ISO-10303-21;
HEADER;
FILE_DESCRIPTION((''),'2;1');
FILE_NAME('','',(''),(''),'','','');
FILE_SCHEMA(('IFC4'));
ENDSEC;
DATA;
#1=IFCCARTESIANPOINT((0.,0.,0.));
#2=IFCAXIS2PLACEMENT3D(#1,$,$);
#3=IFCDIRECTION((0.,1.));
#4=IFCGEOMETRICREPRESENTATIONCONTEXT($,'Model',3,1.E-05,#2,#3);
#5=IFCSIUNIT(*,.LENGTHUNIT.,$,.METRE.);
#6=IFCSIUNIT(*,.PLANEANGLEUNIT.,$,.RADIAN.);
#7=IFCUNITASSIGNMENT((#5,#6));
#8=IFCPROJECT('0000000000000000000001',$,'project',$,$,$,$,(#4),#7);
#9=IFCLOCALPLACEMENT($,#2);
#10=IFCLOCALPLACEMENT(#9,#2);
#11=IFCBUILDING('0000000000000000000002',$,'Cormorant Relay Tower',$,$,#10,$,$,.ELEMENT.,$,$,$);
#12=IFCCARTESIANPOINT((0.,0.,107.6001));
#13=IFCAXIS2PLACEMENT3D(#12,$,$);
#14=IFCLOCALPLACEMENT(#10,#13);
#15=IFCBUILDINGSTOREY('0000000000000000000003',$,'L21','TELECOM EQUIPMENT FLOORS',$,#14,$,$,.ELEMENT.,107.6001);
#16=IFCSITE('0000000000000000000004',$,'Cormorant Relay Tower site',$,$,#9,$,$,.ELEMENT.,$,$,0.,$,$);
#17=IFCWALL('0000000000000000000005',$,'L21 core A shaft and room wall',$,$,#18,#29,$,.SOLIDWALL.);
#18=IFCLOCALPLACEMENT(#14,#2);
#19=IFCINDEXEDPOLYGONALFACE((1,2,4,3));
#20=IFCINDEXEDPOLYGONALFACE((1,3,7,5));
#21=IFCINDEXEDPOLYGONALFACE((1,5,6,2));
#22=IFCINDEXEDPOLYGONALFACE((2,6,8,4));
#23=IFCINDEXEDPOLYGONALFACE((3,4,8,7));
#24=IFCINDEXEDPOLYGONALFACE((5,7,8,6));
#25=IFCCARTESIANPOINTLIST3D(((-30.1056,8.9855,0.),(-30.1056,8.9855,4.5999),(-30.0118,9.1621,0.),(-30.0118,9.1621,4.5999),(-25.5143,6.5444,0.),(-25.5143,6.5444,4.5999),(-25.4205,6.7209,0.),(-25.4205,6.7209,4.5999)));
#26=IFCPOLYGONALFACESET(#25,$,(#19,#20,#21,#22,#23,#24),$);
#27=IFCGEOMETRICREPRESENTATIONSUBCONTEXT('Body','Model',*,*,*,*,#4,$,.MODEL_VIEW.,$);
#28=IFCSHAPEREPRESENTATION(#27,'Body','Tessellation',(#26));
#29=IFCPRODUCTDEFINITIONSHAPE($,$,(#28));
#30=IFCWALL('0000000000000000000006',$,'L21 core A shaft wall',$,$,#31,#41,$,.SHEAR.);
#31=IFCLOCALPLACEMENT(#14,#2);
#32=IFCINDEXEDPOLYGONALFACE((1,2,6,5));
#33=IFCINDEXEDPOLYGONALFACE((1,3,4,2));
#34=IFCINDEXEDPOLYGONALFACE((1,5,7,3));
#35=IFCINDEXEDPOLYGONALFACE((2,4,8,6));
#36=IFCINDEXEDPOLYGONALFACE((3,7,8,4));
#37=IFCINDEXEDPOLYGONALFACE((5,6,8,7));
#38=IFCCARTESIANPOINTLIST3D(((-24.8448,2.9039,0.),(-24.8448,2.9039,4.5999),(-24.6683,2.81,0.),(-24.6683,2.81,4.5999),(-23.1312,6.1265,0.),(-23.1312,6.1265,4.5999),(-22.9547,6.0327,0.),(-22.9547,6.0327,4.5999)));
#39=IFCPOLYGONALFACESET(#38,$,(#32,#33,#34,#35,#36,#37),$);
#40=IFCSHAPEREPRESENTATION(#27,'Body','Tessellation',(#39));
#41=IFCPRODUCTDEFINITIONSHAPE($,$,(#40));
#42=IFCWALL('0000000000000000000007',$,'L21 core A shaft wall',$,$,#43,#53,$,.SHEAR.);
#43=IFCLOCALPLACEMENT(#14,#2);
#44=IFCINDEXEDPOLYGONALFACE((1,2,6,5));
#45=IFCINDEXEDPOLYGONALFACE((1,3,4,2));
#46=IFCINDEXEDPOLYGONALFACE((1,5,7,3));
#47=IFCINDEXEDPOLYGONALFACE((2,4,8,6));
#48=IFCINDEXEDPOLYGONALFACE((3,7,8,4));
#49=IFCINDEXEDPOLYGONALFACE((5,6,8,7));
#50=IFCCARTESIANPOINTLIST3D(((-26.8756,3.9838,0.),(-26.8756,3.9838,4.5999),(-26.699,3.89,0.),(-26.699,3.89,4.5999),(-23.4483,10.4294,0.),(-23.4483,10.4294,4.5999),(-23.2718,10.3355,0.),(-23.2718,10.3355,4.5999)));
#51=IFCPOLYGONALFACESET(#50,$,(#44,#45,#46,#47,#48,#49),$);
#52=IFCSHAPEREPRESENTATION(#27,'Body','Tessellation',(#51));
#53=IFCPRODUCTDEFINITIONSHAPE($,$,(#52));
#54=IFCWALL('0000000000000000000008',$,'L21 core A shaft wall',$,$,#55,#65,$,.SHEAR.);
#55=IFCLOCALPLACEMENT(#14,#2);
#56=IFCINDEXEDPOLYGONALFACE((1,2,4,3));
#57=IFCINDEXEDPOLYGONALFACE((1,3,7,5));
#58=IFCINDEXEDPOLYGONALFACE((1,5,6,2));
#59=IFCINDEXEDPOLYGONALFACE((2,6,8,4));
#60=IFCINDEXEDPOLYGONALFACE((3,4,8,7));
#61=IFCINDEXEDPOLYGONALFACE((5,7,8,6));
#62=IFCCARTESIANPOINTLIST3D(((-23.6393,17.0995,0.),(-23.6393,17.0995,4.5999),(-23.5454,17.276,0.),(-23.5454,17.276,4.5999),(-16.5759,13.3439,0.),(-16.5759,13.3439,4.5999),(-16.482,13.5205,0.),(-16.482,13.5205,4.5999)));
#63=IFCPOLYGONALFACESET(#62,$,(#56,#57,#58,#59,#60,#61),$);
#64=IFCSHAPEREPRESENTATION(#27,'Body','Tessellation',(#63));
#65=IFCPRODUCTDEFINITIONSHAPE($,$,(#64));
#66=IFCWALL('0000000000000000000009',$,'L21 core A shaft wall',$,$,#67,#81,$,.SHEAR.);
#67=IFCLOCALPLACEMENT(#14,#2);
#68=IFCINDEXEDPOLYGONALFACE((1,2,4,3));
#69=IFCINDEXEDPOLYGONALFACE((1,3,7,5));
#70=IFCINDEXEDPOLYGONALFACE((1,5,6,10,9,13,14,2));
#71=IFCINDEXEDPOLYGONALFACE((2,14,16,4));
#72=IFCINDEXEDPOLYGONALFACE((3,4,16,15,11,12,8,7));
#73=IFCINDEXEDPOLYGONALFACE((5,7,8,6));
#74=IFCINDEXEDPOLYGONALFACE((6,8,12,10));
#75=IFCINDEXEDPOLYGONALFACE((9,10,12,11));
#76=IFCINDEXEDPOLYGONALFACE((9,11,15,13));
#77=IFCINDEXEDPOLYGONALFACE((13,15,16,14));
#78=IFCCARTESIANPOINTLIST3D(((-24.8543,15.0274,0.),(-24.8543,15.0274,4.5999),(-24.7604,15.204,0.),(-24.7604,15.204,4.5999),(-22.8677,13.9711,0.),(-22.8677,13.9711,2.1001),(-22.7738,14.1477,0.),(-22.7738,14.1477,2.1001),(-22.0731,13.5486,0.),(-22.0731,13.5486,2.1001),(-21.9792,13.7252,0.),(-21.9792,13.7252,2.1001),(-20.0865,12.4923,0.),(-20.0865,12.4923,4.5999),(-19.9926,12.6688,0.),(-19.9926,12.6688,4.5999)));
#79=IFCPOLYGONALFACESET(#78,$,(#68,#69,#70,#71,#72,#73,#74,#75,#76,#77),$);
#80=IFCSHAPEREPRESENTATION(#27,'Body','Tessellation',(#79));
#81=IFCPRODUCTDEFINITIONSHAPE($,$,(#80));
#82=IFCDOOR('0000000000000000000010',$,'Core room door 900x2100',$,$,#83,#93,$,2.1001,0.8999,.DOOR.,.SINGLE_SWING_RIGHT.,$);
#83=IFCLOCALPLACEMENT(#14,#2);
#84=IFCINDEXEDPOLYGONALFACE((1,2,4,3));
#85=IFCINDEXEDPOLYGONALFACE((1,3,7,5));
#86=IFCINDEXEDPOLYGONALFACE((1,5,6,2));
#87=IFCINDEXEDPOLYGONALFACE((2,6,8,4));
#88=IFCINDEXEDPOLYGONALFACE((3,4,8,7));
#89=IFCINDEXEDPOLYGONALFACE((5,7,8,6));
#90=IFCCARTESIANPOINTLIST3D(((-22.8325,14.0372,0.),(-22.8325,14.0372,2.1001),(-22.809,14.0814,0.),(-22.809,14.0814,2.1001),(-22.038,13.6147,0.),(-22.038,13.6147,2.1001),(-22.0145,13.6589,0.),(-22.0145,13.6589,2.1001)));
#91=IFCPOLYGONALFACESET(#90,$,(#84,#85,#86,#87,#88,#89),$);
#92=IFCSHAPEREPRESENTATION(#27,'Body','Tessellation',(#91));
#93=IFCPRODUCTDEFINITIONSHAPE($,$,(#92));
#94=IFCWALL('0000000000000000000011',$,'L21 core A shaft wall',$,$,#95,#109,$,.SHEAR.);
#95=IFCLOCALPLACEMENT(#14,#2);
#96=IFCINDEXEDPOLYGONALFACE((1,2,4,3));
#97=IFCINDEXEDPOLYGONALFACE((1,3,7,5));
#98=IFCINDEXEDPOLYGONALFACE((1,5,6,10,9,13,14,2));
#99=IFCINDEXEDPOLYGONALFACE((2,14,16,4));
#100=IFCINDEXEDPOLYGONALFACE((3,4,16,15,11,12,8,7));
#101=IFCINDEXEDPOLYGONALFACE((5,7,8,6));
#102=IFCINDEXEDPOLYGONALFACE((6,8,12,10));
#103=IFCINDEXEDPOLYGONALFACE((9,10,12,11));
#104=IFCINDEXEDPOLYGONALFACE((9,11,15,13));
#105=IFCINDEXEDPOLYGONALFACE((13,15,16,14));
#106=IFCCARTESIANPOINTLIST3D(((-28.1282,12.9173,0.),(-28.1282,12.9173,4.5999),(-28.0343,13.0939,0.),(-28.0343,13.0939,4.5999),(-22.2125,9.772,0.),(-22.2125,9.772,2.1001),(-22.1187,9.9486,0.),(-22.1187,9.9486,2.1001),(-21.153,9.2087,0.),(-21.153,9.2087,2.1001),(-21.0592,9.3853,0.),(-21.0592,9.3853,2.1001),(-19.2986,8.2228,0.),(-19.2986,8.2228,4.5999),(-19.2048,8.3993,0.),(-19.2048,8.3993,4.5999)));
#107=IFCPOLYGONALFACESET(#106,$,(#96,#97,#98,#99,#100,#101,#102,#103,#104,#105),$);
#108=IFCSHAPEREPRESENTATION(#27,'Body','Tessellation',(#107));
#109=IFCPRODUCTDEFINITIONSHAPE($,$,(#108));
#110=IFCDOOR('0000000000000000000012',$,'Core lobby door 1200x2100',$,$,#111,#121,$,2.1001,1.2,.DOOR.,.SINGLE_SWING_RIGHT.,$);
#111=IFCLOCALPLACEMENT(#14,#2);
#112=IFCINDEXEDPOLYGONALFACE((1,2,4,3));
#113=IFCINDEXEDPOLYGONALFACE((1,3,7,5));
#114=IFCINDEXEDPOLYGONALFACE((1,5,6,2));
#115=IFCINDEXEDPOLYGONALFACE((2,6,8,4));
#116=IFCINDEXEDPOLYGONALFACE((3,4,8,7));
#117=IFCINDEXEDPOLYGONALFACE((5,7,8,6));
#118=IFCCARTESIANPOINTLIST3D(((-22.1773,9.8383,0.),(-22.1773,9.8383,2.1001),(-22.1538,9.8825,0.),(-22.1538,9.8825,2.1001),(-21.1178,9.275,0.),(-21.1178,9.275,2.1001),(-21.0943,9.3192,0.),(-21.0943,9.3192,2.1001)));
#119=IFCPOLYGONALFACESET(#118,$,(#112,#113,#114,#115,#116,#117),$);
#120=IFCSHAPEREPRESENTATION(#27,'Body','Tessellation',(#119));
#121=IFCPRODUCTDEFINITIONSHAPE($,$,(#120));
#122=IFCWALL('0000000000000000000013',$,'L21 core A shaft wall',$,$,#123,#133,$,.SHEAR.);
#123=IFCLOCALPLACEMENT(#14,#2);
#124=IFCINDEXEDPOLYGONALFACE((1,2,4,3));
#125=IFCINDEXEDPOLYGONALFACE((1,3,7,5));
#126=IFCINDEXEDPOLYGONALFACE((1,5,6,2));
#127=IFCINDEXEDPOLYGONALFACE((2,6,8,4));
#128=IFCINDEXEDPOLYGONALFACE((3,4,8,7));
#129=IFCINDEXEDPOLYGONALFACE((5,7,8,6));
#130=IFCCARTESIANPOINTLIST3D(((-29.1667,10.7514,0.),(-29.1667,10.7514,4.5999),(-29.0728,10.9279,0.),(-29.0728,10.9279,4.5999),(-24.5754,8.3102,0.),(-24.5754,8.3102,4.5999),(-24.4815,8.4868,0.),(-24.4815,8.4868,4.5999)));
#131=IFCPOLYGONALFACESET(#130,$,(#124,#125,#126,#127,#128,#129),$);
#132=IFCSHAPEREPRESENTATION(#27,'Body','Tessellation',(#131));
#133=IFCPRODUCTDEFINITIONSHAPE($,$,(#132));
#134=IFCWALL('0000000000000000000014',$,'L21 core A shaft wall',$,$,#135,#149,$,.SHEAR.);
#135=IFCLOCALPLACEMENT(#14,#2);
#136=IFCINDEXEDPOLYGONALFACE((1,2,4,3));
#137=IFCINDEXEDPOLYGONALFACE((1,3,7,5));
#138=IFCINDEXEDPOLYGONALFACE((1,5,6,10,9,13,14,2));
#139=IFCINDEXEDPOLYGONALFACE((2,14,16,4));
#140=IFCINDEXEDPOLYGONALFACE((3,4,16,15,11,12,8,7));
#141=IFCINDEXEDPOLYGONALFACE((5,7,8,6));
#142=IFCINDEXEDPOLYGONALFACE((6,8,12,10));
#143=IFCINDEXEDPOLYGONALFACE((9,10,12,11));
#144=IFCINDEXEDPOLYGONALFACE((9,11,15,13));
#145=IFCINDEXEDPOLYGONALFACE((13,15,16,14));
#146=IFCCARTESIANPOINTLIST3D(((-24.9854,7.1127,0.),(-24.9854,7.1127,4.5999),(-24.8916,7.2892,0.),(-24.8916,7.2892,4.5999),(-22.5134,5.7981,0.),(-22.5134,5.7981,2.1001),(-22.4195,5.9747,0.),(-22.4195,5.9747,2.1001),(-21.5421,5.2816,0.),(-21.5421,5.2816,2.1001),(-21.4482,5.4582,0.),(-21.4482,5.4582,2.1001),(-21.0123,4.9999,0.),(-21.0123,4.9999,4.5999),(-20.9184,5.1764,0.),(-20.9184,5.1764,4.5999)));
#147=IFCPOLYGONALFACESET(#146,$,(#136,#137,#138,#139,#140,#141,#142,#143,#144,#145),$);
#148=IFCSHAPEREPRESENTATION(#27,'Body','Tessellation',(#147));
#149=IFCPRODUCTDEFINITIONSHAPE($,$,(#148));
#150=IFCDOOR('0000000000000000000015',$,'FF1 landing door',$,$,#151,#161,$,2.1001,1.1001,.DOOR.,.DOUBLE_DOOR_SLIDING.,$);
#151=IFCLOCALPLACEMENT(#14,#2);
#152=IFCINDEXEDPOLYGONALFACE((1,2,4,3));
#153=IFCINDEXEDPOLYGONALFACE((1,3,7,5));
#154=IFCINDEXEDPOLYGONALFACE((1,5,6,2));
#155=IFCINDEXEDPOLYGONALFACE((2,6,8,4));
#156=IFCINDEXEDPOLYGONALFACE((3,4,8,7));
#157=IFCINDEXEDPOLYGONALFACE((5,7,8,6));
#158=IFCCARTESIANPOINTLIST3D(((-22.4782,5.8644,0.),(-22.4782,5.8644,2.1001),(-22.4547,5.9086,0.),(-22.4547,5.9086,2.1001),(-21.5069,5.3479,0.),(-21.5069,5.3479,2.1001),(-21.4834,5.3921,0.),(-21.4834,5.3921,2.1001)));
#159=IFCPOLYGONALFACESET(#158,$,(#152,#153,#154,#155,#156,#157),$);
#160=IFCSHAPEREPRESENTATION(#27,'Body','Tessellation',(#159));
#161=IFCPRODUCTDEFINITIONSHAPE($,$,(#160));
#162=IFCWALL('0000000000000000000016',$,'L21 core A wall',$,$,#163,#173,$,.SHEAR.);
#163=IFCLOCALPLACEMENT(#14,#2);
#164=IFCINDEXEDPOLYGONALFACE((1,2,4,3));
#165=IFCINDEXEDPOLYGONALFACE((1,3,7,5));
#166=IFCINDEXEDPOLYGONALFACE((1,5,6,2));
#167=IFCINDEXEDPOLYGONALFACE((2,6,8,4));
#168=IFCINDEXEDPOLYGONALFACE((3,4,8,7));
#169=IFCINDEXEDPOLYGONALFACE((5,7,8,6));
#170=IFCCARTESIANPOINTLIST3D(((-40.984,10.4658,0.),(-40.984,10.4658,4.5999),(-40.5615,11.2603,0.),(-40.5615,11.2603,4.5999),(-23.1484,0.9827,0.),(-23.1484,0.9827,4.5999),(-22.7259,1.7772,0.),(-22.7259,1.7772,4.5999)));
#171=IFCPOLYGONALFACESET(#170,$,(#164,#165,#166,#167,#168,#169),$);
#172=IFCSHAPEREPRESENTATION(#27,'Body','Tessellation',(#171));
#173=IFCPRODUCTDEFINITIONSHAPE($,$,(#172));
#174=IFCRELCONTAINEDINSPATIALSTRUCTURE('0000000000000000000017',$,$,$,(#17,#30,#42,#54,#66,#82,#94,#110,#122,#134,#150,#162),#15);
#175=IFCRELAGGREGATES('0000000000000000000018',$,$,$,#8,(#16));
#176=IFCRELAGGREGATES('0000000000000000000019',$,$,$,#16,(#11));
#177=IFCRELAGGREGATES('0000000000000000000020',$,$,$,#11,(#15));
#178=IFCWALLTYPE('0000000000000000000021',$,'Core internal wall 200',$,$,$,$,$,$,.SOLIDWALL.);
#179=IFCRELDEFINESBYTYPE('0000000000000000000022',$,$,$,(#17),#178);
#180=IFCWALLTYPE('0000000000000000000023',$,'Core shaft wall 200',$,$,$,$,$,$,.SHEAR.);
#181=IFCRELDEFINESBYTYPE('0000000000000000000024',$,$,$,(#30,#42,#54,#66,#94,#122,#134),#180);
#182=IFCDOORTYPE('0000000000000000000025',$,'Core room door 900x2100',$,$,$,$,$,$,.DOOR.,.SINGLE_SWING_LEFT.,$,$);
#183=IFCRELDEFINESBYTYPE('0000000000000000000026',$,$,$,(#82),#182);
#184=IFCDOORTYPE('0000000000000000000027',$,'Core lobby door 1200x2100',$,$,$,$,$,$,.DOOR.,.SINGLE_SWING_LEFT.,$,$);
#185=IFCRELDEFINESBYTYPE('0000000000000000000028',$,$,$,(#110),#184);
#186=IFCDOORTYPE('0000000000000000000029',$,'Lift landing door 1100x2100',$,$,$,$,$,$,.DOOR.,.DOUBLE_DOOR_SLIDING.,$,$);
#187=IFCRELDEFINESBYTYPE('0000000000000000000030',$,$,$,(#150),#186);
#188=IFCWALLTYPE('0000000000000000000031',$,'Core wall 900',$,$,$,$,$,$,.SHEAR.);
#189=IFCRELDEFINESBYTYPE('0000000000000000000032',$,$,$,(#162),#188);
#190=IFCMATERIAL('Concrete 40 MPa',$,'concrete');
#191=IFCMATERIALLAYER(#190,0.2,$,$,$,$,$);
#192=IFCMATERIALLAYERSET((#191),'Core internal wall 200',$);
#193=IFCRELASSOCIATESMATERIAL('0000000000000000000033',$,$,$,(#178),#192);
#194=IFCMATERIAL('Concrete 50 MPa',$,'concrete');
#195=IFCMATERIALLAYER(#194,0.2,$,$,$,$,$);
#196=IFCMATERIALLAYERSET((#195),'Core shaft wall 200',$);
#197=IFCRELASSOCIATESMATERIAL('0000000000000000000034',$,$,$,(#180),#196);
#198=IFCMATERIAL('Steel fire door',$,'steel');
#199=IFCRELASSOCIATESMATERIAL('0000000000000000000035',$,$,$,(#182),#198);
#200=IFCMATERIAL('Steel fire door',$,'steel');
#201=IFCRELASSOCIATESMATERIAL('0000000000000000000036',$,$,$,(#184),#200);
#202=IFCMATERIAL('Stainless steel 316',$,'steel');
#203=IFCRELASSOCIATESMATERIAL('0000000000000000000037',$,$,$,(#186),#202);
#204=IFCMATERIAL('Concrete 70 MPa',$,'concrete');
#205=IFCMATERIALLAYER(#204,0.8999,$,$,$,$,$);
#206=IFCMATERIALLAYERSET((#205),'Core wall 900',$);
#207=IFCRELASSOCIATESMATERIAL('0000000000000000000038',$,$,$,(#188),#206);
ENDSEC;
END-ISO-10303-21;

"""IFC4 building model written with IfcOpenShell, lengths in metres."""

from ifc_helpers import new_model, si_unit, direction, frame, frame_2d, origin, place, context, subcontext, project, spatial, rectangle, extrude, material, layer, layer_set, type_object, element, fill, save


model = new_model("IFC4")

# Units and contexts
model_context = context("Model", 3, precision=1e-05, world=origin(), true_north=direction((0.0, 1.0)))
body_context = subcontext(model_context, "Body", "Model", "MODEL_VIEW")
ifc_project = project(units=[si_unit("LENGTHUNIT", "METRE"), si_unit("PLANEANGLEUNIT", "RADIAN")], contexts=[model_context])

# Site, building, storey
site_placement = place(None, origin())
site = spatial("IfcSite", under=ifc_project, at=site_placement, Name="Cormorant Relay Tower site", CompositionType="ELEMENT", RefElevation=0.0)
building_placement = place(site_placement, origin())
building = spatial("IfcBuilding", under=site, at=building_placement, Name="Cormorant Relay Tower", CompositionType="ELEMENT")
storey_placement = place(building_placement, frame((0.0, 0.0, 107.6001)))
storey = spatial("IfcBuildingStorey", under=building, at=storey_placement, Name="L21", Description="TELECOM EQUIPMENT FLOORS", CompositionType="ELEMENT", Elevation=107.6001)

# Walls
ifc_material_1 = material(Name="Concrete 40 MPa", Category="concrete")
ifc_layer_1 = layer(ifc_material_1, 0.2)
ifc_layer_set_1 = layer_set([ifc_layer_1], Name="Core internal wall 200")
wall_type_1 = type_object("IfcWallType", Name="Core internal wall 200", PredefinedType="SOLIDWALL", material=ifc_layer_set_1)
wall_1_placement = place(storey_placement, frame((-25.4673, 6.6326, 0.0), z_axis=(0.0, 0.0, 1.0), x_axis=(-0.882954, 0.46946, 0.0)))
element("IfcWall", 1, at=wall_1_placement, inside=storey, type_object=wall_type_1, Name="L21 core A shaft and room wall", PredefinedType="SOLIDWALL", context=body_context, shape_type="SweptSolid", body=[
    extrude(rectangle(XDim=5.2, YDim=0.2, at=frame_2d((2.6001, 0.0))), origin(), (0.0, 0.0, 1.0), 4.5999),
])
ifc_material_2 = material(Name="Concrete 50 MPa", Category="concrete")
ifc_layer_2 = layer(ifc_material_2, 0.2)
ifc_layer_set_2 = layer_set([ifc_layer_2], Name="Core shaft wall 200")
wall_type_2 = type_object("IfcWallType", Name="Core shaft wall 200", PredefinedType="SHEAR", material=ifc_layer_set_2)
wall_2_placement = place(storey_placement, frame((-23.043, 6.0796, 0.0), z_axis=(0.0, 0.0, 1.0), x_axis=(-0.469494, -0.882936, 0.0)))
element("IfcWall", 2, at=wall_2_placement, inside=storey, type_object=wall_type_2, Name="L21 core A shaft wall", PredefinedType="SHEAR", context=body_context, shape_type="SweptSolid", body=[
    extrude(rectangle(XDim=3.6499, YDim=0.2, at=frame_2d((1.825, 0.0))), origin(), (0.0, 0.0, 1.0), 4.5999),
])
wall_3_placement = place(storey_placement, frame((-23.3601, 10.3823, 0.0), z_axis=(0.0, 0.0, 1.0), x_axis=(-0.46948, -0.882943, 0.0)))
element("IfcWall", 3, at=wall_3_placement, inside=storey, type_object=wall_type_2, Name="L21 core A shaft wall", PredefinedType="SHEAR", context=body_context, shape_type="SweptSolid", body=[
    extrude(rectangle(XDim=7.3, YDim=0.2, at=frame_2d((3.6499, 0.0))), origin(), (0.0, 0.0, 1.0), 4.5999),
])
wall_4_placement = place(storey_placement, frame((-16.5288, 13.4321, 0.0), z_axis=(0.0, 0.0, 1.0), x_axis=(-0.882953, 0.469462, 0.0)))
element("IfcWall", 4, at=wall_4_placement, inside=storey, type_object=wall_type_2, Name="L21 core A shaft wall", PredefinedType="SHEAR", context=body_context, shape_type="SweptSolid", body=[
    extrude(rectangle(XDim=7.9998, YDim=0.2, at=frame_2d((4.0, 0.0))), origin(), (0.0, 0.0, 1.0), 4.5999),
])

# Walls, openings, doors
wall_5_placement = place(storey_placement, frame((-20.0396, 12.5806, 0.0), z_axis=(0.0, 0.0, 1.0), x_axis=(-0.882943, 0.46948, 0.0)))
wall_5 = element("IfcWall", 5, at=wall_5_placement, inside=storey, type_object=wall_type_2, Name="L21 core A shaft wall", PredefinedType="SHEAR", context=body_context, shape_type="SweptSolid", body=[
    extrude(rectangle(XDim=5.3999, YDim=0.2, at=frame_2d((2.7, 0.0))), origin(), (0.0, 0.0, 1.0), 4.5999),
])
opening_1_placement = place(wall_5_placement, frame((2.25, 0.0, 0.0)))
opening_1 = element("IfcOpeningElement", 6, at=opening_1_placement, cuts=wall_5, PredefinedType="OPENING", context=body_context, shape_type="SweptSolid", body=[
    extrude(rectangle(XDim=0.8999, YDim=2.1001, at=frame_2d((0.45, 1.05))), frame((0.0, 0.1099, 0.0), z_axis=(0.0, -1.0, 0.0), x_axis=(1.0, 0.0, 0.0)), (0.0, 0.0, 1.0), 0.22),
])
ifc_material_3 = material(Name="Steel fire door", Category="steel")
door_type_1 = type_object("IfcDoorType", Name="Core room door 900x2100", OperationType="SINGLE_SWING_LEFT", PredefinedType="DOOR", material=ifc_material_3)
door_1_placement = place(opening_1_placement, frame((0.8999, 0.0, 0.0), z_axis=(0.0, 0.0, 1.0), x_axis=(-1.0, 0.0, 0.0)))
door_1 = element("IfcDoor", 7, at=door_1_placement, inside=storey, type_object=door_type_1, Name="Core room door 900x2100", OperationType="SINGLE_SWING_RIGHT", OverallHeight=2.1001, OverallWidth=0.8999, PredefinedType="DOOR", context=body_context, shape_type="SweptSolid", body=[
    extrude(rectangle(XDim=0.8999, YDim=2.1001, at=frame_2d((0.45, 1.05))), frame((0.0, 0.0249, 0.0), z_axis=(0.0, -1.0, 0.0), x_axis=(1.0, 0.0, 0.0)), (0.0, 0.0, 1.0), 0.05),
])
fill(opening_1, door_1)
wall_6_placement = place(storey_placement, frame((-19.2517, 8.311, 0.0), z_axis=(0.0, 0.0, 1.0), x_axis=(-0.882956, 0.469456, 0.0)))
wall_6 = element("IfcWall", 8, at=wall_6_placement, inside=storey, type_object=wall_type_2, Name="L21 core A shaft wall", PredefinedType="SHEAR", context=body_context, shape_type="SweptSolid", body=[
    extrude(rectangle(XDim=10.0, YDim=0.2, at=frame_2d((5.0, 0.0))), origin(), (0.0, 0.0, 1.0), 4.5999),
])
opening_2_placement = place(wall_6_placement, frame((2.1001, 0.0, 0.0)))
opening_2 = element("IfcOpeningElement", 9, at=opening_2_placement, cuts=wall_6, PredefinedType="OPENING", context=body_context, shape_type="SweptSolid", body=[
    extrude(rectangle(XDim=1.2, YDim=2.1001, at=frame_2d((0.6001, 1.05))), frame((0.0, 0.1099, 0.0), z_axis=(0.0, -1.0, 0.0), x_axis=(1.0, 0.0, 0.0)), (0.0, 0.0, 1.0), 0.22),
])
ifc_material_4 = material(Name="Steel fire door", Category="steel")
door_type_2 = type_object("IfcDoorType", Name="Core lobby door 1200x2100", OperationType="SINGLE_SWING_LEFT", PredefinedType="DOOR", material=ifc_material_4)
door_2_placement = place(opening_2_placement, origin())
door_2 = element("IfcDoor", 10, at=door_2_placement, inside=storey, type_object=door_type_2, Name="Core lobby door 1200x2100", OperationType="SINGLE_SWING_RIGHT", OverallHeight=2.1001, OverallWidth=1.2, PredefinedType="DOOR", context=body_context, shape_type="SweptSolid", body=[
    extrude(rectangle(XDim=1.2, YDim=2.1001, at=frame_2d((0.6001, 1.05))), frame((0.0, 0.0249, 0.0), z_axis=(0.0, -1.0, 0.0), x_axis=(1.0, 0.0, 0.0)), (0.0, 0.0, 1.0), 0.05),
])
fill(opening_2, door_2)

# Wall
wall_7_placement = place(storey_placement, frame((-24.5283, 8.3984, 0.0), z_axis=(0.0, 0.0, 1.0), x_axis=(-0.882954, 0.46946, 0.0)))
element("IfcWall", 11, at=wall_7_placement, inside=storey, type_object=wall_type_2, Name="L21 core A shaft wall", PredefinedType="SHEAR", context=body_context, shape_type="SweptSolid", body=[
    extrude(rectangle(XDim=5.2, YDim=0.2, at=frame_2d((2.6001, 0.0))), origin(), (0.0, 0.0, 1.0), 4.5999),
])

# Wall, opening, door
wall_8_placement = place(storey_placement, frame((-20.9653, 5.0881, 0.0), z_axis=(0.0, 0.0, 1.0), x_axis=(-0.882926, 0.469512, 0.0)))
wall_8 = element("IfcWall", 12, at=wall_8_placement, inside=storey, type_object=wall_type_2, Name="L21 core A shaft wall", PredefinedType="SHEAR", context=body_context, shape_type="SweptSolid", body=[
    extrude(rectangle(XDim=4.5, YDim=0.2, at=frame_2d((2.25, 0.0))), origin(), (0.0, 0.0, 1.0), 4.5999),
])
opening_3_placement = place(wall_8_placement, frame((0.6001, 0.0, 0.0)))
opening_3 = element("IfcOpeningElement", 13, at=opening_3_placement, cuts=wall_8, PredefinedType="OPENING", context=body_context, shape_type="SweptSolid", body=[
    extrude(rectangle(XDim=1.1001, YDim=2.1001, at=frame_2d((0.55, 1.05))), frame((0.0, 0.1099, 0.0), z_axis=(0.0, -1.0, 0.0), x_axis=(1.0, 0.0, 0.0)), (0.0, 0.0, 1.0), 0.22),
])
ifc_material_5 = material(Name="Stainless steel 316", Category="steel")
door_type_3 = type_object("IfcDoorType", Name="Lift landing door 1100x2100", OperationType="DOUBLE_DOOR_SLIDING", PredefinedType="DOOR", material=ifc_material_5)
door_3_placement = place(opening_3_placement, origin())
door_3 = element("IfcDoor", 14, at=door_3_placement, inside=storey, type_object=door_type_3, Name="FF1 landing door", OperationType="DOUBLE_DOOR_SLIDING", OverallHeight=2.1001, OverallWidth=1.1001, PredefinedType="DOOR", context=body_context, shape_type="SweptSolid", body=[
    extrude(rectangle(XDim=1.1001, YDim=2.1001, at=frame_2d((0.55, 1.05))), frame((0.0, 0.0249, 0.0), z_axis=(0.0, -1.0, 0.0), x_axis=(1.0, 0.0, 0.0)), (0.0, 0.0, 1.0), 0.05),
])
fill(opening_3, door_3)

# Wall
ifc_material_6 = material(Name="Concrete 70 MPa", Category="concrete")
ifc_layer_3 = layer(ifc_material_6, 0.8999)
ifc_layer_set_3 = layer_set([ifc_layer_3], Name="Core wall 900")
wall_type_3 = type_object("IfcWallType", Name="Core wall 900", PredefinedType="SHEAR", material=ifc_layer_set_3)
wall_9_placement = place(storey_placement, frame((-22.937, 1.3799, 0.0), z_axis=(0.0, 0.0, 1.0), x_axis=(-0.882953, 0.469462, 0.0)))
element("IfcWall", 15, at=wall_9_placement, inside=storey, type_object=wall_type_3, Name="L21 core A wall", PredefinedType="SHEAR", context=body_context, shape_type="SweptSolid", body=[
    extrude(rectangle(XDim=20.2, YDim=0.8999, at=frame_2d((10.1001, 0.0))), origin(), (0.0, 0.0, 1.0), 4.5999),
])

save(model, "model.ifc")
